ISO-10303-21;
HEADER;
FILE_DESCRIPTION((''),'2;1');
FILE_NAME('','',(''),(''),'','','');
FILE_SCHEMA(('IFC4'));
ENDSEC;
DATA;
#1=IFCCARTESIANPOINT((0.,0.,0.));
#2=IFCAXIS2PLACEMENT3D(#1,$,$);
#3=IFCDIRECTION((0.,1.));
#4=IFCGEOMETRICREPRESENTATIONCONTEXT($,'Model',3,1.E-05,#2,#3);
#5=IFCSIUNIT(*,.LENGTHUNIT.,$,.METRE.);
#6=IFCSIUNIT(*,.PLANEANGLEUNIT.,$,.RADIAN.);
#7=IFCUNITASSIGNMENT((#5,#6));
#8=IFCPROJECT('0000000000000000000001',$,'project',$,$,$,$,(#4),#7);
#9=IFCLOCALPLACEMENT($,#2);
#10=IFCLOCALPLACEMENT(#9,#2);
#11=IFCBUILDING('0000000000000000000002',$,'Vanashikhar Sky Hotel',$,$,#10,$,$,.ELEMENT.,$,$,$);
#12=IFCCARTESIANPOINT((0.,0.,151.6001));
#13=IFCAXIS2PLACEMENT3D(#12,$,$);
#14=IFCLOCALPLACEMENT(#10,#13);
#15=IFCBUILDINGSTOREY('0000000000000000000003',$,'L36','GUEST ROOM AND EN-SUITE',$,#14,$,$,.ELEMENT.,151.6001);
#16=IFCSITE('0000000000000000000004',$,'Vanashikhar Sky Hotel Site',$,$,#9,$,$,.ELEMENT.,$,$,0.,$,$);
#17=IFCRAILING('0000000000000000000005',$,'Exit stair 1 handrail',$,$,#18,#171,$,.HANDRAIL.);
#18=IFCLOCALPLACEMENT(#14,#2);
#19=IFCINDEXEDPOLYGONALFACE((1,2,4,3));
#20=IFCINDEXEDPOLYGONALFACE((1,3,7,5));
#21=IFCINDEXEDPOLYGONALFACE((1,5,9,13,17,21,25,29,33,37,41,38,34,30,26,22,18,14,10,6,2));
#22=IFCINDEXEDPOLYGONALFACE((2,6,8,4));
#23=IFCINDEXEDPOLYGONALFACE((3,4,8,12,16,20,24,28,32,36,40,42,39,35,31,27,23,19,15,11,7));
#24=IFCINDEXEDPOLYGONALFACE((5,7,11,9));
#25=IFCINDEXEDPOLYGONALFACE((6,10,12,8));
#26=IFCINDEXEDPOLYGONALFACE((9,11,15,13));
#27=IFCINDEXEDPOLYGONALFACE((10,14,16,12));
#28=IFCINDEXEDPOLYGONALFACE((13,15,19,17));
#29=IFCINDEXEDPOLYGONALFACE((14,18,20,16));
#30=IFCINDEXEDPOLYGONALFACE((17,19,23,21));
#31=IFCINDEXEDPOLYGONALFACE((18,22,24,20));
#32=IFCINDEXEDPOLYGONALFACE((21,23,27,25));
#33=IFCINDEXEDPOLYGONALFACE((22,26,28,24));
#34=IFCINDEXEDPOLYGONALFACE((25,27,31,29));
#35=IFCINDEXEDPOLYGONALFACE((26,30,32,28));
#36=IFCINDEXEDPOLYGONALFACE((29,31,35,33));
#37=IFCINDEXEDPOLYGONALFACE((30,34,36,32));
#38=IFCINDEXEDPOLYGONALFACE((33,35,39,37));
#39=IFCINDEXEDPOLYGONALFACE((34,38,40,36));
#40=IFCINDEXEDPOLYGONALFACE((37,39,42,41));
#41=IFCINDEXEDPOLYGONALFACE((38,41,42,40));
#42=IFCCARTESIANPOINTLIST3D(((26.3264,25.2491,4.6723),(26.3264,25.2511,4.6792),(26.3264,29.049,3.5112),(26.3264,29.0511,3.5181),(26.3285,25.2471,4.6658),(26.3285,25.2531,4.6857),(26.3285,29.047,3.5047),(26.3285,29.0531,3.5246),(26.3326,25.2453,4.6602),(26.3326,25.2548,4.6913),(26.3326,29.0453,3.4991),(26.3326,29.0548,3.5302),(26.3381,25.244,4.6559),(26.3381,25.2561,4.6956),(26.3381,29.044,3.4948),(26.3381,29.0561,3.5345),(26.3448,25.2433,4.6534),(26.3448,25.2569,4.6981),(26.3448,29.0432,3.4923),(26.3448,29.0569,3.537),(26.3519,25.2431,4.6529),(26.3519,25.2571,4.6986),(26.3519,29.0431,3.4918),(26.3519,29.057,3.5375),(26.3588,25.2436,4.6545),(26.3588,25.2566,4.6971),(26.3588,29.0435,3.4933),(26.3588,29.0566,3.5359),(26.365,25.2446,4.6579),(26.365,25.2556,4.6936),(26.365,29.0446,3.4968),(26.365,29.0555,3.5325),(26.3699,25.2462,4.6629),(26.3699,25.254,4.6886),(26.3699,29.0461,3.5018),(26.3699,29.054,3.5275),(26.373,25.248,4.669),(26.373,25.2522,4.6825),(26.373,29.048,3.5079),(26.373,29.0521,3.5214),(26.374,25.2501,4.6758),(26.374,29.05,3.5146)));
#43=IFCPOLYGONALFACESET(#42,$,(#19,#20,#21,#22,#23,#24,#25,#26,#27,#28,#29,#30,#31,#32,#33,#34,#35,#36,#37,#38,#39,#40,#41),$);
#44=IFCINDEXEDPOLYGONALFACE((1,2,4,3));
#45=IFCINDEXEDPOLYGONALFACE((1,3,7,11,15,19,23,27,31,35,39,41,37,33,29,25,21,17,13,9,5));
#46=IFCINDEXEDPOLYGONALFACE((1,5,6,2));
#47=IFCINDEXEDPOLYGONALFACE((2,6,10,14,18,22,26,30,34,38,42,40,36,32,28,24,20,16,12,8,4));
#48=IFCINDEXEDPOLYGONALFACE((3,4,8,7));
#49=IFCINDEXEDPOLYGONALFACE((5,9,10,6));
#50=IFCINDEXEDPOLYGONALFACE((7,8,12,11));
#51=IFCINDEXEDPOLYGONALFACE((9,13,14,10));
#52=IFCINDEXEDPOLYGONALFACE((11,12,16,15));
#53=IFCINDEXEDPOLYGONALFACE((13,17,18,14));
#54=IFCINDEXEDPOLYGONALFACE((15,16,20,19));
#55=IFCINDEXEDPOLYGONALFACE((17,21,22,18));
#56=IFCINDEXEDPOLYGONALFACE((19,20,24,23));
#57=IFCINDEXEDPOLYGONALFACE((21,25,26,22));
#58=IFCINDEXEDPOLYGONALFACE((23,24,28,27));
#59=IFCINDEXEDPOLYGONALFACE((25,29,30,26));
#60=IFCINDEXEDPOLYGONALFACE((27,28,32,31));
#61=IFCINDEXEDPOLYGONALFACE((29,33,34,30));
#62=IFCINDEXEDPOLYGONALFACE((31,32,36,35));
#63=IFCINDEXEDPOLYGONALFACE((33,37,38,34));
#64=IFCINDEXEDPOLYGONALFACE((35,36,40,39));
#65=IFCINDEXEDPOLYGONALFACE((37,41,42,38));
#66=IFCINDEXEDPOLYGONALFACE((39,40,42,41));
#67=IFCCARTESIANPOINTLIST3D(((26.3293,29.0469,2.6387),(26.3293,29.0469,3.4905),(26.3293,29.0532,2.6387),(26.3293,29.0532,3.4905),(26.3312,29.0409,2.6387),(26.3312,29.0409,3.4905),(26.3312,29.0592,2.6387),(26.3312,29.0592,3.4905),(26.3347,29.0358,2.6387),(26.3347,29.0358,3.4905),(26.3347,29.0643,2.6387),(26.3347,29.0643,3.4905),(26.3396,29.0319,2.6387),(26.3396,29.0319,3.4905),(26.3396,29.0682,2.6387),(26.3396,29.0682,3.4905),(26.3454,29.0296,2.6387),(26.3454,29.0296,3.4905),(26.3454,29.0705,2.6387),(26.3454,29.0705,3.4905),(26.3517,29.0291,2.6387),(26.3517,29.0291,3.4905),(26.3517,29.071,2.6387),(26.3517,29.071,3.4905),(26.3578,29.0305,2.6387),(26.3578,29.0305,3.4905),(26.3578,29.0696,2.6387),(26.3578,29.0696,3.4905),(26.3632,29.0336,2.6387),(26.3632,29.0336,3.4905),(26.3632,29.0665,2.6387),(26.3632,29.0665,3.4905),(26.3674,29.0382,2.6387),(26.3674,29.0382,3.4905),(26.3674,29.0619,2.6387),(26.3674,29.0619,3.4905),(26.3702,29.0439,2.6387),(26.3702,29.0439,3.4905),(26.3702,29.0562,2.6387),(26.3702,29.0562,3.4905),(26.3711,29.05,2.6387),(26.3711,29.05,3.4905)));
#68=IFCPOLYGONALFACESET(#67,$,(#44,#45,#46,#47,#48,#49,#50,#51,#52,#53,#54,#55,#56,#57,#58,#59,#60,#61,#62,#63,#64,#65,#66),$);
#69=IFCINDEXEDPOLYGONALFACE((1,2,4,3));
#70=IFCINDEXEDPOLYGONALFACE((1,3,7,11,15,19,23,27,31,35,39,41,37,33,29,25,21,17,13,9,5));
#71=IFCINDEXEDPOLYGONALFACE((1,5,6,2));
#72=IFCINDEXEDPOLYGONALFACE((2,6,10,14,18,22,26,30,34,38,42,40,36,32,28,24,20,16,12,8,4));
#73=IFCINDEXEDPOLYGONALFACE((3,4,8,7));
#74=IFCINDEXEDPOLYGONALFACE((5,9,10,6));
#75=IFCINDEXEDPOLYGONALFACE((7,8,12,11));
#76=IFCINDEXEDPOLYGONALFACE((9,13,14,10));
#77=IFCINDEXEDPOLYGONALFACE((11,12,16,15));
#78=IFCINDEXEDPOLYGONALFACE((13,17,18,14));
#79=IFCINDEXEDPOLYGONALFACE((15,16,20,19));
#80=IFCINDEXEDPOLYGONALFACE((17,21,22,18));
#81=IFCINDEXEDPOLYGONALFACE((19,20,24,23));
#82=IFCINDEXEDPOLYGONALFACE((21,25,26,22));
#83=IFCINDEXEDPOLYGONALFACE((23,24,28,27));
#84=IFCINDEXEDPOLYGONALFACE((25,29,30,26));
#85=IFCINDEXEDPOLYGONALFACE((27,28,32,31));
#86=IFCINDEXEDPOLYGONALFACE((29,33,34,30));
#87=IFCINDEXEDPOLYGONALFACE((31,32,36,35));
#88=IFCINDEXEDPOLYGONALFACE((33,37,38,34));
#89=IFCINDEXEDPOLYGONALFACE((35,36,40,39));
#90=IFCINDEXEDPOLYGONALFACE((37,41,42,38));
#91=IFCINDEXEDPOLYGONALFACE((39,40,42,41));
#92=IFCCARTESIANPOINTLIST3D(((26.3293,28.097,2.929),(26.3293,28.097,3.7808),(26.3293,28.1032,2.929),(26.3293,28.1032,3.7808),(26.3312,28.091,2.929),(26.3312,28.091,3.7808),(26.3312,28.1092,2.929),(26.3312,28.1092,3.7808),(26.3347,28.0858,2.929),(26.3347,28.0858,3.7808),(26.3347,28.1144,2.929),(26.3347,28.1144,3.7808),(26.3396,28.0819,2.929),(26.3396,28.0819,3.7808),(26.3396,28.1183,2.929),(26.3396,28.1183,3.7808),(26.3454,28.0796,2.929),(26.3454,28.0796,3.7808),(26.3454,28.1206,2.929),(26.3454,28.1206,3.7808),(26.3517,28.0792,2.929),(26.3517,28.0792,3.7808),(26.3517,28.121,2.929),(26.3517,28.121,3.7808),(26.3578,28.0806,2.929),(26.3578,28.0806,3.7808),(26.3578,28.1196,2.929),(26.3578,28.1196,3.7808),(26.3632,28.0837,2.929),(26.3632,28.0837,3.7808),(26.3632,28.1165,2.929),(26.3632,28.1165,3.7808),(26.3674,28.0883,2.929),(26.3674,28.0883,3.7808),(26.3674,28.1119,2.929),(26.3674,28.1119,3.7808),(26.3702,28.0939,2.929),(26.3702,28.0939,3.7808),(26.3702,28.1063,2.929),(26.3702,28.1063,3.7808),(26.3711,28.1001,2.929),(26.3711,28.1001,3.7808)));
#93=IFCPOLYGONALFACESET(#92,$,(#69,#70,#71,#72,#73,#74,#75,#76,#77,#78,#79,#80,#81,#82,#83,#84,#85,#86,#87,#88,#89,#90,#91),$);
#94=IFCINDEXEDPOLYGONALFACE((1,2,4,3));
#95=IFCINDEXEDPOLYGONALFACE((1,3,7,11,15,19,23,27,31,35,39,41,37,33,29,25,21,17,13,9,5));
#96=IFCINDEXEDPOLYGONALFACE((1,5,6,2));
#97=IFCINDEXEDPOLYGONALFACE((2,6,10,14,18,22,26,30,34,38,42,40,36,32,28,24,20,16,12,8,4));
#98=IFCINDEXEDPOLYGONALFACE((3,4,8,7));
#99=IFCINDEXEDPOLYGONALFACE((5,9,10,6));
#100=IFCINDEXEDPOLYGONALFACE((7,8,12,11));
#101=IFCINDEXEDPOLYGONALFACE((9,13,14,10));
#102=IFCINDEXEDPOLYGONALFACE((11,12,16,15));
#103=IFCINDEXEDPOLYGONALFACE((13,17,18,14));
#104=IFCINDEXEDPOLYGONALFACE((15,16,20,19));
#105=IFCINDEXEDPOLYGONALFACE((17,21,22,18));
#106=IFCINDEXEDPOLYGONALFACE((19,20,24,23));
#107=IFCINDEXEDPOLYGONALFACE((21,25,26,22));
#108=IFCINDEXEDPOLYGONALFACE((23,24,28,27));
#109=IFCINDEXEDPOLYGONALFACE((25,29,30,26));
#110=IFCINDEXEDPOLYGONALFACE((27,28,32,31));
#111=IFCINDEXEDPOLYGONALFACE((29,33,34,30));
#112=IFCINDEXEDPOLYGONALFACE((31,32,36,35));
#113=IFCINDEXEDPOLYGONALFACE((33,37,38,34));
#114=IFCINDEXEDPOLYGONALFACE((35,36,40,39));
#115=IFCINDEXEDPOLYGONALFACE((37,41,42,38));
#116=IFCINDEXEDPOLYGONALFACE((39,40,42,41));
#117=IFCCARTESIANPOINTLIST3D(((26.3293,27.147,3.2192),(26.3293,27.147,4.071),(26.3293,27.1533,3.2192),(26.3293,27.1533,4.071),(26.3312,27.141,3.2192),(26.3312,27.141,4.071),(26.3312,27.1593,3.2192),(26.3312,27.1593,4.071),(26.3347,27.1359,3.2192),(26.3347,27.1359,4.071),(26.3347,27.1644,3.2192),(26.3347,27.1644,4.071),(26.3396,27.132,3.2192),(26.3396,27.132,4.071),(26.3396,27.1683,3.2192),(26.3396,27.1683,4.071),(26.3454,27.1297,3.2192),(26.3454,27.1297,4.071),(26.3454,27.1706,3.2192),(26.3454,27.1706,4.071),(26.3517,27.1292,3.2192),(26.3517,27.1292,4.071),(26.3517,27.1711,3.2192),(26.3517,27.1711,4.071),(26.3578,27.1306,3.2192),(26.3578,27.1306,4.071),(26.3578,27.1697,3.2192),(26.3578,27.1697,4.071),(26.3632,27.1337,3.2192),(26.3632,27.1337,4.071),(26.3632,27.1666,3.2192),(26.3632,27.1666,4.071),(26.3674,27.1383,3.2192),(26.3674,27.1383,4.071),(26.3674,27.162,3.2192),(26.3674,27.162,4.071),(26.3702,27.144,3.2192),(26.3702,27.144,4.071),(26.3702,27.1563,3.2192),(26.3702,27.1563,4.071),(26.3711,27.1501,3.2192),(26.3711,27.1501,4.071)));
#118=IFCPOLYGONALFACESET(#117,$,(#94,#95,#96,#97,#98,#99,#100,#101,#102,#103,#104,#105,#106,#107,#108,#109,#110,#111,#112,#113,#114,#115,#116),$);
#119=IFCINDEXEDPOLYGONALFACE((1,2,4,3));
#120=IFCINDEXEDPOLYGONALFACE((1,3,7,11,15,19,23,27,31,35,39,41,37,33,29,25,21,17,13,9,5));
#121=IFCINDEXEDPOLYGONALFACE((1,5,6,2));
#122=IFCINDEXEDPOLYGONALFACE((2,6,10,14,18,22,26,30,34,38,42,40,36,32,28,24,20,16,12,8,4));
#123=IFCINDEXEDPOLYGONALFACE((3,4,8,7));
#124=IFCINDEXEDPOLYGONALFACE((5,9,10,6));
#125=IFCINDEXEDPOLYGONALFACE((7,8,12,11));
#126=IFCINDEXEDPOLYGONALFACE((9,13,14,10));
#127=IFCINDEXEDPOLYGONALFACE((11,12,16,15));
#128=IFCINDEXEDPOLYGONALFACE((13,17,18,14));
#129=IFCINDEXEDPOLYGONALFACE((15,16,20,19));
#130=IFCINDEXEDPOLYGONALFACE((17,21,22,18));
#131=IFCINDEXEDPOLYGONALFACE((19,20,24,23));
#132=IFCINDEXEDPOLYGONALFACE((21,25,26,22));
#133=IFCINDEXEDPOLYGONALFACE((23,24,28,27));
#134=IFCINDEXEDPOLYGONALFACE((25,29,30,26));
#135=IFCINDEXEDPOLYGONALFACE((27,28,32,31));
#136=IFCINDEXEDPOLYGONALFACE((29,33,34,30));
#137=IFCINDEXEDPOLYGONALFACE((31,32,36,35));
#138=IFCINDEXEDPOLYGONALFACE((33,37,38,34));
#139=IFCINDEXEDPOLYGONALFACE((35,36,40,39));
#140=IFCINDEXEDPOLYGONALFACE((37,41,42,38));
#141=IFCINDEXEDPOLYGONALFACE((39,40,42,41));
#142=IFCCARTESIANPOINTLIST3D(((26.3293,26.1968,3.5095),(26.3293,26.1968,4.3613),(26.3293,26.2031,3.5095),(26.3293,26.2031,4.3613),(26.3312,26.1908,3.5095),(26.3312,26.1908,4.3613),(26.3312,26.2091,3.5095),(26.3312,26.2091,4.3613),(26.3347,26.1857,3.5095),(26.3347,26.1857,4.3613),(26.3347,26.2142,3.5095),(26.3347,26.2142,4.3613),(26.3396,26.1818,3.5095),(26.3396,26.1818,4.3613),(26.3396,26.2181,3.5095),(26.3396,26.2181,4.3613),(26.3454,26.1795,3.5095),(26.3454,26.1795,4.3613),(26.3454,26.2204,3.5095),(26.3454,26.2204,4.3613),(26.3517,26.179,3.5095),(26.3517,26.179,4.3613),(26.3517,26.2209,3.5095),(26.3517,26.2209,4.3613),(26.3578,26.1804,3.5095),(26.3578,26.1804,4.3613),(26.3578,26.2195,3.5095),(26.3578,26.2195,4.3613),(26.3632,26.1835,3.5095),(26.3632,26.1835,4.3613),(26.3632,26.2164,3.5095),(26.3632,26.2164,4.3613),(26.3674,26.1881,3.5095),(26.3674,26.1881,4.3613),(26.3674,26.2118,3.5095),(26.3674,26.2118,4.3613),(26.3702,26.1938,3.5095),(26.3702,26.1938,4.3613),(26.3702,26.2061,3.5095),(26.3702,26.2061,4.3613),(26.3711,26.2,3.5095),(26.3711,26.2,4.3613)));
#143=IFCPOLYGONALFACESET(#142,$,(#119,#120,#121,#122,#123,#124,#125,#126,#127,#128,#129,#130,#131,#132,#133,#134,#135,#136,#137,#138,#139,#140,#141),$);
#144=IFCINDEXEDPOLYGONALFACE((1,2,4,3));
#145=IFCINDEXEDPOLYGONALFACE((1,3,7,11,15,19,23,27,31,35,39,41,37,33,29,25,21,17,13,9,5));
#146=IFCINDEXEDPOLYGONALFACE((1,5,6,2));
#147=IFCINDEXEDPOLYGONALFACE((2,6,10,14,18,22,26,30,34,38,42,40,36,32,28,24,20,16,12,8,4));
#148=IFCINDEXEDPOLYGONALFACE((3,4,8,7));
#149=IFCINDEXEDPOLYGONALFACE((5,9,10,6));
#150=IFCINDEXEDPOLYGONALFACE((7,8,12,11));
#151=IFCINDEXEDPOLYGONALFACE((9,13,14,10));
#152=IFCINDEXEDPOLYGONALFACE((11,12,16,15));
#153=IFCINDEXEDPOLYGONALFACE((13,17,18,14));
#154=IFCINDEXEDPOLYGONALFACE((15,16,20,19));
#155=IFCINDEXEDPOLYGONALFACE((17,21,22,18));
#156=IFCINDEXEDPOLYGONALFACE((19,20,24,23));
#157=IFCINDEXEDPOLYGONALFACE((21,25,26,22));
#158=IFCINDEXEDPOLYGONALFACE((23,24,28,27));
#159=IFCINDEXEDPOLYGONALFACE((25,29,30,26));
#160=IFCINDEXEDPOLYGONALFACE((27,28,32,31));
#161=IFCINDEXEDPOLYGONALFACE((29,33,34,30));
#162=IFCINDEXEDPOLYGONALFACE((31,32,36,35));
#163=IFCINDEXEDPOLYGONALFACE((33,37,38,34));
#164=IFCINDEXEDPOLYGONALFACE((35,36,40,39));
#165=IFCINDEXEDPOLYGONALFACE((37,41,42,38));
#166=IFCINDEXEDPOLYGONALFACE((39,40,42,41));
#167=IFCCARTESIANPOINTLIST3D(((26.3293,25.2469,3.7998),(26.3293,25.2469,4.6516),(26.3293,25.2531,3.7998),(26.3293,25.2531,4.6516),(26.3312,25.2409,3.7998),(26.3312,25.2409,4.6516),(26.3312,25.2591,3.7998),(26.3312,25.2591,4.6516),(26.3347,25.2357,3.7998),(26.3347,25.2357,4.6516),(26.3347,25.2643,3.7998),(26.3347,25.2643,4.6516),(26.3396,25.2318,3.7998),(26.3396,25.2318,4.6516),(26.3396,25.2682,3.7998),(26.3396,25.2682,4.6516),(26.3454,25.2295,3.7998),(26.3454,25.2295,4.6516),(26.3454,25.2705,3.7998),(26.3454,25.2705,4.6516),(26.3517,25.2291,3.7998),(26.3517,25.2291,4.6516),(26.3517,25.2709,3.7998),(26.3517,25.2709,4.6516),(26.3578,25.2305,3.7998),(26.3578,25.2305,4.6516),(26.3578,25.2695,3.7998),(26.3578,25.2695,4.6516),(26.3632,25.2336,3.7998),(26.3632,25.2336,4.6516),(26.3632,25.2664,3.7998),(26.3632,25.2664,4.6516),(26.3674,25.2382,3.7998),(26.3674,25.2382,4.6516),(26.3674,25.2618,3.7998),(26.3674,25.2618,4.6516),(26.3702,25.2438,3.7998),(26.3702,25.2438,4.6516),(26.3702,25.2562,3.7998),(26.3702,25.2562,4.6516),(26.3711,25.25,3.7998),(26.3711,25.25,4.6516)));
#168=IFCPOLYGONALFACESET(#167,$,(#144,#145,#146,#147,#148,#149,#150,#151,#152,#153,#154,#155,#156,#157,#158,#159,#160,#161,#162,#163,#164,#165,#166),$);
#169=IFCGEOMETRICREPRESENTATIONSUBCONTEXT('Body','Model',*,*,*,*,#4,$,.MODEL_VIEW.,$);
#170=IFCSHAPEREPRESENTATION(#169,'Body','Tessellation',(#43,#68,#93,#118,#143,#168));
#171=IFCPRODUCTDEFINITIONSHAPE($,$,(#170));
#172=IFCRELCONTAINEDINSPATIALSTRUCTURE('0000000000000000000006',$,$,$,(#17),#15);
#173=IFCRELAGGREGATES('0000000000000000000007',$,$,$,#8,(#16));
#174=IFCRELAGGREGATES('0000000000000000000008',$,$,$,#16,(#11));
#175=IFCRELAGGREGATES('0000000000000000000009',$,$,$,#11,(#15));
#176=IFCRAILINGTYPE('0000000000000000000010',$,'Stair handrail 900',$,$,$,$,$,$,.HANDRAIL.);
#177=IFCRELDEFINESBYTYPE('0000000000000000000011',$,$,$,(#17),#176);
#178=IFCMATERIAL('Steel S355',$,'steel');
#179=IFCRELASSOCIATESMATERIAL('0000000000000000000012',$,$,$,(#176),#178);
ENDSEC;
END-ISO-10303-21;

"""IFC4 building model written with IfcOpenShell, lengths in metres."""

from ifc_helpers import new_model, si_unit, direction, frame, origin, origin_2d, place, context, subcontext, project, spatial, circle, extrude, source, transform, mapped, material, type_object, element, save


model = new_model("IFC4")

# Units and contexts
model_context = context("Model", 3, precision=1e-05, world=origin(), true_north=direction((0.0, 1.0)))
body_context = subcontext(model_context, "Body", "Model", "MODEL_VIEW")
ifc_project = project(units=[si_unit("LENGTHUNIT", "METRE"), si_unit("PLANEANGLEUNIT", "RADIAN")], contexts=[model_context])

# Site, building, storey
site_placement = place(None, origin())
site = spatial("IfcSite", under=ifc_project, at=site_placement, Name="Vanashikhar Sky Hotel Site", CompositionType="ELEMENT", RefElevation=0.0)
building_placement = place(site_placement, origin())
building = spatial("IfcBuilding", under=site, at=building_placement, Name="Vanashikhar Sky Hotel", CompositionType="ELEMENT")
storey_placement = place(building_placement, frame((0.0, 0.0, 151.6001)))
storey = spatial("IfcBuildingStorey", under=building, at=storey_placement, Name="L36", Description="GUEST ROOM AND EN-SUITE", CompositionType="ELEMENT", Elevation=151.6001)

# Railing
ifc_material_1 = material(Name="Steel S355", Category="steel")
railing_type_1 = type_object("IfcRailingType", Name="Stair handrail 900", PredefinedType="HANDRAIL", material=ifc_material_1)
shared_shape_1 = source(origin(), body_context, "Body", "SweptSolid", [
    extrude(circle(Radius=0.0239, at=origin_2d()), frame((0.0, 0.0, 0.876), z_axis=(0.0, -0.956351, 0.29222), x_axis=(1.0, 0.0, 0.0)), (0.0, 0.0, 1.0), 3.9734),
    extrude(circle(Radius=0.021, at=origin_2d()), origin(), (0.0, 0.0, 1.0), 0.8518),
    extrude(circle(Radius=0.021, at=origin_2d()), frame((0.0, -0.95, 0.2903)), (0.0, 0.0, 1.0), 0.8518),
    extrude(circle(Radius=0.021, at=origin_2d()), frame((0.0, -1.8999, 0.5806)), (0.0, 0.0, 1.0), 0.8518),
    extrude(circle(Radius=0.021, at=origin_2d()), frame((0.0, -2.8501, 0.8708)), (0.0, 0.0, 1.0), 0.8518),
    extrude(circle(Radius=0.021, at=origin_2d()), frame((0.0, -3.8, 1.1611)), (0.0, 0.0, 1.0), 0.8518),
])
for number, where, name in (
    (1, (26.3501, 29.05, 2.6387), "Exit stair 1 handrail"),
):
    element("IfcRailing", number, at=place(storey_placement, frame(where)), inside=storey, type_object=railing_type_1, Name=name, PredefinedType="HANDRAIL", context=body_context, shape_type="MappedRepresentation", body=[
        mapped(shared_shape_1, transform((0.0, 0.0, 0.0), scale=1.0)),
    ])

save(model, "model.ifc")
